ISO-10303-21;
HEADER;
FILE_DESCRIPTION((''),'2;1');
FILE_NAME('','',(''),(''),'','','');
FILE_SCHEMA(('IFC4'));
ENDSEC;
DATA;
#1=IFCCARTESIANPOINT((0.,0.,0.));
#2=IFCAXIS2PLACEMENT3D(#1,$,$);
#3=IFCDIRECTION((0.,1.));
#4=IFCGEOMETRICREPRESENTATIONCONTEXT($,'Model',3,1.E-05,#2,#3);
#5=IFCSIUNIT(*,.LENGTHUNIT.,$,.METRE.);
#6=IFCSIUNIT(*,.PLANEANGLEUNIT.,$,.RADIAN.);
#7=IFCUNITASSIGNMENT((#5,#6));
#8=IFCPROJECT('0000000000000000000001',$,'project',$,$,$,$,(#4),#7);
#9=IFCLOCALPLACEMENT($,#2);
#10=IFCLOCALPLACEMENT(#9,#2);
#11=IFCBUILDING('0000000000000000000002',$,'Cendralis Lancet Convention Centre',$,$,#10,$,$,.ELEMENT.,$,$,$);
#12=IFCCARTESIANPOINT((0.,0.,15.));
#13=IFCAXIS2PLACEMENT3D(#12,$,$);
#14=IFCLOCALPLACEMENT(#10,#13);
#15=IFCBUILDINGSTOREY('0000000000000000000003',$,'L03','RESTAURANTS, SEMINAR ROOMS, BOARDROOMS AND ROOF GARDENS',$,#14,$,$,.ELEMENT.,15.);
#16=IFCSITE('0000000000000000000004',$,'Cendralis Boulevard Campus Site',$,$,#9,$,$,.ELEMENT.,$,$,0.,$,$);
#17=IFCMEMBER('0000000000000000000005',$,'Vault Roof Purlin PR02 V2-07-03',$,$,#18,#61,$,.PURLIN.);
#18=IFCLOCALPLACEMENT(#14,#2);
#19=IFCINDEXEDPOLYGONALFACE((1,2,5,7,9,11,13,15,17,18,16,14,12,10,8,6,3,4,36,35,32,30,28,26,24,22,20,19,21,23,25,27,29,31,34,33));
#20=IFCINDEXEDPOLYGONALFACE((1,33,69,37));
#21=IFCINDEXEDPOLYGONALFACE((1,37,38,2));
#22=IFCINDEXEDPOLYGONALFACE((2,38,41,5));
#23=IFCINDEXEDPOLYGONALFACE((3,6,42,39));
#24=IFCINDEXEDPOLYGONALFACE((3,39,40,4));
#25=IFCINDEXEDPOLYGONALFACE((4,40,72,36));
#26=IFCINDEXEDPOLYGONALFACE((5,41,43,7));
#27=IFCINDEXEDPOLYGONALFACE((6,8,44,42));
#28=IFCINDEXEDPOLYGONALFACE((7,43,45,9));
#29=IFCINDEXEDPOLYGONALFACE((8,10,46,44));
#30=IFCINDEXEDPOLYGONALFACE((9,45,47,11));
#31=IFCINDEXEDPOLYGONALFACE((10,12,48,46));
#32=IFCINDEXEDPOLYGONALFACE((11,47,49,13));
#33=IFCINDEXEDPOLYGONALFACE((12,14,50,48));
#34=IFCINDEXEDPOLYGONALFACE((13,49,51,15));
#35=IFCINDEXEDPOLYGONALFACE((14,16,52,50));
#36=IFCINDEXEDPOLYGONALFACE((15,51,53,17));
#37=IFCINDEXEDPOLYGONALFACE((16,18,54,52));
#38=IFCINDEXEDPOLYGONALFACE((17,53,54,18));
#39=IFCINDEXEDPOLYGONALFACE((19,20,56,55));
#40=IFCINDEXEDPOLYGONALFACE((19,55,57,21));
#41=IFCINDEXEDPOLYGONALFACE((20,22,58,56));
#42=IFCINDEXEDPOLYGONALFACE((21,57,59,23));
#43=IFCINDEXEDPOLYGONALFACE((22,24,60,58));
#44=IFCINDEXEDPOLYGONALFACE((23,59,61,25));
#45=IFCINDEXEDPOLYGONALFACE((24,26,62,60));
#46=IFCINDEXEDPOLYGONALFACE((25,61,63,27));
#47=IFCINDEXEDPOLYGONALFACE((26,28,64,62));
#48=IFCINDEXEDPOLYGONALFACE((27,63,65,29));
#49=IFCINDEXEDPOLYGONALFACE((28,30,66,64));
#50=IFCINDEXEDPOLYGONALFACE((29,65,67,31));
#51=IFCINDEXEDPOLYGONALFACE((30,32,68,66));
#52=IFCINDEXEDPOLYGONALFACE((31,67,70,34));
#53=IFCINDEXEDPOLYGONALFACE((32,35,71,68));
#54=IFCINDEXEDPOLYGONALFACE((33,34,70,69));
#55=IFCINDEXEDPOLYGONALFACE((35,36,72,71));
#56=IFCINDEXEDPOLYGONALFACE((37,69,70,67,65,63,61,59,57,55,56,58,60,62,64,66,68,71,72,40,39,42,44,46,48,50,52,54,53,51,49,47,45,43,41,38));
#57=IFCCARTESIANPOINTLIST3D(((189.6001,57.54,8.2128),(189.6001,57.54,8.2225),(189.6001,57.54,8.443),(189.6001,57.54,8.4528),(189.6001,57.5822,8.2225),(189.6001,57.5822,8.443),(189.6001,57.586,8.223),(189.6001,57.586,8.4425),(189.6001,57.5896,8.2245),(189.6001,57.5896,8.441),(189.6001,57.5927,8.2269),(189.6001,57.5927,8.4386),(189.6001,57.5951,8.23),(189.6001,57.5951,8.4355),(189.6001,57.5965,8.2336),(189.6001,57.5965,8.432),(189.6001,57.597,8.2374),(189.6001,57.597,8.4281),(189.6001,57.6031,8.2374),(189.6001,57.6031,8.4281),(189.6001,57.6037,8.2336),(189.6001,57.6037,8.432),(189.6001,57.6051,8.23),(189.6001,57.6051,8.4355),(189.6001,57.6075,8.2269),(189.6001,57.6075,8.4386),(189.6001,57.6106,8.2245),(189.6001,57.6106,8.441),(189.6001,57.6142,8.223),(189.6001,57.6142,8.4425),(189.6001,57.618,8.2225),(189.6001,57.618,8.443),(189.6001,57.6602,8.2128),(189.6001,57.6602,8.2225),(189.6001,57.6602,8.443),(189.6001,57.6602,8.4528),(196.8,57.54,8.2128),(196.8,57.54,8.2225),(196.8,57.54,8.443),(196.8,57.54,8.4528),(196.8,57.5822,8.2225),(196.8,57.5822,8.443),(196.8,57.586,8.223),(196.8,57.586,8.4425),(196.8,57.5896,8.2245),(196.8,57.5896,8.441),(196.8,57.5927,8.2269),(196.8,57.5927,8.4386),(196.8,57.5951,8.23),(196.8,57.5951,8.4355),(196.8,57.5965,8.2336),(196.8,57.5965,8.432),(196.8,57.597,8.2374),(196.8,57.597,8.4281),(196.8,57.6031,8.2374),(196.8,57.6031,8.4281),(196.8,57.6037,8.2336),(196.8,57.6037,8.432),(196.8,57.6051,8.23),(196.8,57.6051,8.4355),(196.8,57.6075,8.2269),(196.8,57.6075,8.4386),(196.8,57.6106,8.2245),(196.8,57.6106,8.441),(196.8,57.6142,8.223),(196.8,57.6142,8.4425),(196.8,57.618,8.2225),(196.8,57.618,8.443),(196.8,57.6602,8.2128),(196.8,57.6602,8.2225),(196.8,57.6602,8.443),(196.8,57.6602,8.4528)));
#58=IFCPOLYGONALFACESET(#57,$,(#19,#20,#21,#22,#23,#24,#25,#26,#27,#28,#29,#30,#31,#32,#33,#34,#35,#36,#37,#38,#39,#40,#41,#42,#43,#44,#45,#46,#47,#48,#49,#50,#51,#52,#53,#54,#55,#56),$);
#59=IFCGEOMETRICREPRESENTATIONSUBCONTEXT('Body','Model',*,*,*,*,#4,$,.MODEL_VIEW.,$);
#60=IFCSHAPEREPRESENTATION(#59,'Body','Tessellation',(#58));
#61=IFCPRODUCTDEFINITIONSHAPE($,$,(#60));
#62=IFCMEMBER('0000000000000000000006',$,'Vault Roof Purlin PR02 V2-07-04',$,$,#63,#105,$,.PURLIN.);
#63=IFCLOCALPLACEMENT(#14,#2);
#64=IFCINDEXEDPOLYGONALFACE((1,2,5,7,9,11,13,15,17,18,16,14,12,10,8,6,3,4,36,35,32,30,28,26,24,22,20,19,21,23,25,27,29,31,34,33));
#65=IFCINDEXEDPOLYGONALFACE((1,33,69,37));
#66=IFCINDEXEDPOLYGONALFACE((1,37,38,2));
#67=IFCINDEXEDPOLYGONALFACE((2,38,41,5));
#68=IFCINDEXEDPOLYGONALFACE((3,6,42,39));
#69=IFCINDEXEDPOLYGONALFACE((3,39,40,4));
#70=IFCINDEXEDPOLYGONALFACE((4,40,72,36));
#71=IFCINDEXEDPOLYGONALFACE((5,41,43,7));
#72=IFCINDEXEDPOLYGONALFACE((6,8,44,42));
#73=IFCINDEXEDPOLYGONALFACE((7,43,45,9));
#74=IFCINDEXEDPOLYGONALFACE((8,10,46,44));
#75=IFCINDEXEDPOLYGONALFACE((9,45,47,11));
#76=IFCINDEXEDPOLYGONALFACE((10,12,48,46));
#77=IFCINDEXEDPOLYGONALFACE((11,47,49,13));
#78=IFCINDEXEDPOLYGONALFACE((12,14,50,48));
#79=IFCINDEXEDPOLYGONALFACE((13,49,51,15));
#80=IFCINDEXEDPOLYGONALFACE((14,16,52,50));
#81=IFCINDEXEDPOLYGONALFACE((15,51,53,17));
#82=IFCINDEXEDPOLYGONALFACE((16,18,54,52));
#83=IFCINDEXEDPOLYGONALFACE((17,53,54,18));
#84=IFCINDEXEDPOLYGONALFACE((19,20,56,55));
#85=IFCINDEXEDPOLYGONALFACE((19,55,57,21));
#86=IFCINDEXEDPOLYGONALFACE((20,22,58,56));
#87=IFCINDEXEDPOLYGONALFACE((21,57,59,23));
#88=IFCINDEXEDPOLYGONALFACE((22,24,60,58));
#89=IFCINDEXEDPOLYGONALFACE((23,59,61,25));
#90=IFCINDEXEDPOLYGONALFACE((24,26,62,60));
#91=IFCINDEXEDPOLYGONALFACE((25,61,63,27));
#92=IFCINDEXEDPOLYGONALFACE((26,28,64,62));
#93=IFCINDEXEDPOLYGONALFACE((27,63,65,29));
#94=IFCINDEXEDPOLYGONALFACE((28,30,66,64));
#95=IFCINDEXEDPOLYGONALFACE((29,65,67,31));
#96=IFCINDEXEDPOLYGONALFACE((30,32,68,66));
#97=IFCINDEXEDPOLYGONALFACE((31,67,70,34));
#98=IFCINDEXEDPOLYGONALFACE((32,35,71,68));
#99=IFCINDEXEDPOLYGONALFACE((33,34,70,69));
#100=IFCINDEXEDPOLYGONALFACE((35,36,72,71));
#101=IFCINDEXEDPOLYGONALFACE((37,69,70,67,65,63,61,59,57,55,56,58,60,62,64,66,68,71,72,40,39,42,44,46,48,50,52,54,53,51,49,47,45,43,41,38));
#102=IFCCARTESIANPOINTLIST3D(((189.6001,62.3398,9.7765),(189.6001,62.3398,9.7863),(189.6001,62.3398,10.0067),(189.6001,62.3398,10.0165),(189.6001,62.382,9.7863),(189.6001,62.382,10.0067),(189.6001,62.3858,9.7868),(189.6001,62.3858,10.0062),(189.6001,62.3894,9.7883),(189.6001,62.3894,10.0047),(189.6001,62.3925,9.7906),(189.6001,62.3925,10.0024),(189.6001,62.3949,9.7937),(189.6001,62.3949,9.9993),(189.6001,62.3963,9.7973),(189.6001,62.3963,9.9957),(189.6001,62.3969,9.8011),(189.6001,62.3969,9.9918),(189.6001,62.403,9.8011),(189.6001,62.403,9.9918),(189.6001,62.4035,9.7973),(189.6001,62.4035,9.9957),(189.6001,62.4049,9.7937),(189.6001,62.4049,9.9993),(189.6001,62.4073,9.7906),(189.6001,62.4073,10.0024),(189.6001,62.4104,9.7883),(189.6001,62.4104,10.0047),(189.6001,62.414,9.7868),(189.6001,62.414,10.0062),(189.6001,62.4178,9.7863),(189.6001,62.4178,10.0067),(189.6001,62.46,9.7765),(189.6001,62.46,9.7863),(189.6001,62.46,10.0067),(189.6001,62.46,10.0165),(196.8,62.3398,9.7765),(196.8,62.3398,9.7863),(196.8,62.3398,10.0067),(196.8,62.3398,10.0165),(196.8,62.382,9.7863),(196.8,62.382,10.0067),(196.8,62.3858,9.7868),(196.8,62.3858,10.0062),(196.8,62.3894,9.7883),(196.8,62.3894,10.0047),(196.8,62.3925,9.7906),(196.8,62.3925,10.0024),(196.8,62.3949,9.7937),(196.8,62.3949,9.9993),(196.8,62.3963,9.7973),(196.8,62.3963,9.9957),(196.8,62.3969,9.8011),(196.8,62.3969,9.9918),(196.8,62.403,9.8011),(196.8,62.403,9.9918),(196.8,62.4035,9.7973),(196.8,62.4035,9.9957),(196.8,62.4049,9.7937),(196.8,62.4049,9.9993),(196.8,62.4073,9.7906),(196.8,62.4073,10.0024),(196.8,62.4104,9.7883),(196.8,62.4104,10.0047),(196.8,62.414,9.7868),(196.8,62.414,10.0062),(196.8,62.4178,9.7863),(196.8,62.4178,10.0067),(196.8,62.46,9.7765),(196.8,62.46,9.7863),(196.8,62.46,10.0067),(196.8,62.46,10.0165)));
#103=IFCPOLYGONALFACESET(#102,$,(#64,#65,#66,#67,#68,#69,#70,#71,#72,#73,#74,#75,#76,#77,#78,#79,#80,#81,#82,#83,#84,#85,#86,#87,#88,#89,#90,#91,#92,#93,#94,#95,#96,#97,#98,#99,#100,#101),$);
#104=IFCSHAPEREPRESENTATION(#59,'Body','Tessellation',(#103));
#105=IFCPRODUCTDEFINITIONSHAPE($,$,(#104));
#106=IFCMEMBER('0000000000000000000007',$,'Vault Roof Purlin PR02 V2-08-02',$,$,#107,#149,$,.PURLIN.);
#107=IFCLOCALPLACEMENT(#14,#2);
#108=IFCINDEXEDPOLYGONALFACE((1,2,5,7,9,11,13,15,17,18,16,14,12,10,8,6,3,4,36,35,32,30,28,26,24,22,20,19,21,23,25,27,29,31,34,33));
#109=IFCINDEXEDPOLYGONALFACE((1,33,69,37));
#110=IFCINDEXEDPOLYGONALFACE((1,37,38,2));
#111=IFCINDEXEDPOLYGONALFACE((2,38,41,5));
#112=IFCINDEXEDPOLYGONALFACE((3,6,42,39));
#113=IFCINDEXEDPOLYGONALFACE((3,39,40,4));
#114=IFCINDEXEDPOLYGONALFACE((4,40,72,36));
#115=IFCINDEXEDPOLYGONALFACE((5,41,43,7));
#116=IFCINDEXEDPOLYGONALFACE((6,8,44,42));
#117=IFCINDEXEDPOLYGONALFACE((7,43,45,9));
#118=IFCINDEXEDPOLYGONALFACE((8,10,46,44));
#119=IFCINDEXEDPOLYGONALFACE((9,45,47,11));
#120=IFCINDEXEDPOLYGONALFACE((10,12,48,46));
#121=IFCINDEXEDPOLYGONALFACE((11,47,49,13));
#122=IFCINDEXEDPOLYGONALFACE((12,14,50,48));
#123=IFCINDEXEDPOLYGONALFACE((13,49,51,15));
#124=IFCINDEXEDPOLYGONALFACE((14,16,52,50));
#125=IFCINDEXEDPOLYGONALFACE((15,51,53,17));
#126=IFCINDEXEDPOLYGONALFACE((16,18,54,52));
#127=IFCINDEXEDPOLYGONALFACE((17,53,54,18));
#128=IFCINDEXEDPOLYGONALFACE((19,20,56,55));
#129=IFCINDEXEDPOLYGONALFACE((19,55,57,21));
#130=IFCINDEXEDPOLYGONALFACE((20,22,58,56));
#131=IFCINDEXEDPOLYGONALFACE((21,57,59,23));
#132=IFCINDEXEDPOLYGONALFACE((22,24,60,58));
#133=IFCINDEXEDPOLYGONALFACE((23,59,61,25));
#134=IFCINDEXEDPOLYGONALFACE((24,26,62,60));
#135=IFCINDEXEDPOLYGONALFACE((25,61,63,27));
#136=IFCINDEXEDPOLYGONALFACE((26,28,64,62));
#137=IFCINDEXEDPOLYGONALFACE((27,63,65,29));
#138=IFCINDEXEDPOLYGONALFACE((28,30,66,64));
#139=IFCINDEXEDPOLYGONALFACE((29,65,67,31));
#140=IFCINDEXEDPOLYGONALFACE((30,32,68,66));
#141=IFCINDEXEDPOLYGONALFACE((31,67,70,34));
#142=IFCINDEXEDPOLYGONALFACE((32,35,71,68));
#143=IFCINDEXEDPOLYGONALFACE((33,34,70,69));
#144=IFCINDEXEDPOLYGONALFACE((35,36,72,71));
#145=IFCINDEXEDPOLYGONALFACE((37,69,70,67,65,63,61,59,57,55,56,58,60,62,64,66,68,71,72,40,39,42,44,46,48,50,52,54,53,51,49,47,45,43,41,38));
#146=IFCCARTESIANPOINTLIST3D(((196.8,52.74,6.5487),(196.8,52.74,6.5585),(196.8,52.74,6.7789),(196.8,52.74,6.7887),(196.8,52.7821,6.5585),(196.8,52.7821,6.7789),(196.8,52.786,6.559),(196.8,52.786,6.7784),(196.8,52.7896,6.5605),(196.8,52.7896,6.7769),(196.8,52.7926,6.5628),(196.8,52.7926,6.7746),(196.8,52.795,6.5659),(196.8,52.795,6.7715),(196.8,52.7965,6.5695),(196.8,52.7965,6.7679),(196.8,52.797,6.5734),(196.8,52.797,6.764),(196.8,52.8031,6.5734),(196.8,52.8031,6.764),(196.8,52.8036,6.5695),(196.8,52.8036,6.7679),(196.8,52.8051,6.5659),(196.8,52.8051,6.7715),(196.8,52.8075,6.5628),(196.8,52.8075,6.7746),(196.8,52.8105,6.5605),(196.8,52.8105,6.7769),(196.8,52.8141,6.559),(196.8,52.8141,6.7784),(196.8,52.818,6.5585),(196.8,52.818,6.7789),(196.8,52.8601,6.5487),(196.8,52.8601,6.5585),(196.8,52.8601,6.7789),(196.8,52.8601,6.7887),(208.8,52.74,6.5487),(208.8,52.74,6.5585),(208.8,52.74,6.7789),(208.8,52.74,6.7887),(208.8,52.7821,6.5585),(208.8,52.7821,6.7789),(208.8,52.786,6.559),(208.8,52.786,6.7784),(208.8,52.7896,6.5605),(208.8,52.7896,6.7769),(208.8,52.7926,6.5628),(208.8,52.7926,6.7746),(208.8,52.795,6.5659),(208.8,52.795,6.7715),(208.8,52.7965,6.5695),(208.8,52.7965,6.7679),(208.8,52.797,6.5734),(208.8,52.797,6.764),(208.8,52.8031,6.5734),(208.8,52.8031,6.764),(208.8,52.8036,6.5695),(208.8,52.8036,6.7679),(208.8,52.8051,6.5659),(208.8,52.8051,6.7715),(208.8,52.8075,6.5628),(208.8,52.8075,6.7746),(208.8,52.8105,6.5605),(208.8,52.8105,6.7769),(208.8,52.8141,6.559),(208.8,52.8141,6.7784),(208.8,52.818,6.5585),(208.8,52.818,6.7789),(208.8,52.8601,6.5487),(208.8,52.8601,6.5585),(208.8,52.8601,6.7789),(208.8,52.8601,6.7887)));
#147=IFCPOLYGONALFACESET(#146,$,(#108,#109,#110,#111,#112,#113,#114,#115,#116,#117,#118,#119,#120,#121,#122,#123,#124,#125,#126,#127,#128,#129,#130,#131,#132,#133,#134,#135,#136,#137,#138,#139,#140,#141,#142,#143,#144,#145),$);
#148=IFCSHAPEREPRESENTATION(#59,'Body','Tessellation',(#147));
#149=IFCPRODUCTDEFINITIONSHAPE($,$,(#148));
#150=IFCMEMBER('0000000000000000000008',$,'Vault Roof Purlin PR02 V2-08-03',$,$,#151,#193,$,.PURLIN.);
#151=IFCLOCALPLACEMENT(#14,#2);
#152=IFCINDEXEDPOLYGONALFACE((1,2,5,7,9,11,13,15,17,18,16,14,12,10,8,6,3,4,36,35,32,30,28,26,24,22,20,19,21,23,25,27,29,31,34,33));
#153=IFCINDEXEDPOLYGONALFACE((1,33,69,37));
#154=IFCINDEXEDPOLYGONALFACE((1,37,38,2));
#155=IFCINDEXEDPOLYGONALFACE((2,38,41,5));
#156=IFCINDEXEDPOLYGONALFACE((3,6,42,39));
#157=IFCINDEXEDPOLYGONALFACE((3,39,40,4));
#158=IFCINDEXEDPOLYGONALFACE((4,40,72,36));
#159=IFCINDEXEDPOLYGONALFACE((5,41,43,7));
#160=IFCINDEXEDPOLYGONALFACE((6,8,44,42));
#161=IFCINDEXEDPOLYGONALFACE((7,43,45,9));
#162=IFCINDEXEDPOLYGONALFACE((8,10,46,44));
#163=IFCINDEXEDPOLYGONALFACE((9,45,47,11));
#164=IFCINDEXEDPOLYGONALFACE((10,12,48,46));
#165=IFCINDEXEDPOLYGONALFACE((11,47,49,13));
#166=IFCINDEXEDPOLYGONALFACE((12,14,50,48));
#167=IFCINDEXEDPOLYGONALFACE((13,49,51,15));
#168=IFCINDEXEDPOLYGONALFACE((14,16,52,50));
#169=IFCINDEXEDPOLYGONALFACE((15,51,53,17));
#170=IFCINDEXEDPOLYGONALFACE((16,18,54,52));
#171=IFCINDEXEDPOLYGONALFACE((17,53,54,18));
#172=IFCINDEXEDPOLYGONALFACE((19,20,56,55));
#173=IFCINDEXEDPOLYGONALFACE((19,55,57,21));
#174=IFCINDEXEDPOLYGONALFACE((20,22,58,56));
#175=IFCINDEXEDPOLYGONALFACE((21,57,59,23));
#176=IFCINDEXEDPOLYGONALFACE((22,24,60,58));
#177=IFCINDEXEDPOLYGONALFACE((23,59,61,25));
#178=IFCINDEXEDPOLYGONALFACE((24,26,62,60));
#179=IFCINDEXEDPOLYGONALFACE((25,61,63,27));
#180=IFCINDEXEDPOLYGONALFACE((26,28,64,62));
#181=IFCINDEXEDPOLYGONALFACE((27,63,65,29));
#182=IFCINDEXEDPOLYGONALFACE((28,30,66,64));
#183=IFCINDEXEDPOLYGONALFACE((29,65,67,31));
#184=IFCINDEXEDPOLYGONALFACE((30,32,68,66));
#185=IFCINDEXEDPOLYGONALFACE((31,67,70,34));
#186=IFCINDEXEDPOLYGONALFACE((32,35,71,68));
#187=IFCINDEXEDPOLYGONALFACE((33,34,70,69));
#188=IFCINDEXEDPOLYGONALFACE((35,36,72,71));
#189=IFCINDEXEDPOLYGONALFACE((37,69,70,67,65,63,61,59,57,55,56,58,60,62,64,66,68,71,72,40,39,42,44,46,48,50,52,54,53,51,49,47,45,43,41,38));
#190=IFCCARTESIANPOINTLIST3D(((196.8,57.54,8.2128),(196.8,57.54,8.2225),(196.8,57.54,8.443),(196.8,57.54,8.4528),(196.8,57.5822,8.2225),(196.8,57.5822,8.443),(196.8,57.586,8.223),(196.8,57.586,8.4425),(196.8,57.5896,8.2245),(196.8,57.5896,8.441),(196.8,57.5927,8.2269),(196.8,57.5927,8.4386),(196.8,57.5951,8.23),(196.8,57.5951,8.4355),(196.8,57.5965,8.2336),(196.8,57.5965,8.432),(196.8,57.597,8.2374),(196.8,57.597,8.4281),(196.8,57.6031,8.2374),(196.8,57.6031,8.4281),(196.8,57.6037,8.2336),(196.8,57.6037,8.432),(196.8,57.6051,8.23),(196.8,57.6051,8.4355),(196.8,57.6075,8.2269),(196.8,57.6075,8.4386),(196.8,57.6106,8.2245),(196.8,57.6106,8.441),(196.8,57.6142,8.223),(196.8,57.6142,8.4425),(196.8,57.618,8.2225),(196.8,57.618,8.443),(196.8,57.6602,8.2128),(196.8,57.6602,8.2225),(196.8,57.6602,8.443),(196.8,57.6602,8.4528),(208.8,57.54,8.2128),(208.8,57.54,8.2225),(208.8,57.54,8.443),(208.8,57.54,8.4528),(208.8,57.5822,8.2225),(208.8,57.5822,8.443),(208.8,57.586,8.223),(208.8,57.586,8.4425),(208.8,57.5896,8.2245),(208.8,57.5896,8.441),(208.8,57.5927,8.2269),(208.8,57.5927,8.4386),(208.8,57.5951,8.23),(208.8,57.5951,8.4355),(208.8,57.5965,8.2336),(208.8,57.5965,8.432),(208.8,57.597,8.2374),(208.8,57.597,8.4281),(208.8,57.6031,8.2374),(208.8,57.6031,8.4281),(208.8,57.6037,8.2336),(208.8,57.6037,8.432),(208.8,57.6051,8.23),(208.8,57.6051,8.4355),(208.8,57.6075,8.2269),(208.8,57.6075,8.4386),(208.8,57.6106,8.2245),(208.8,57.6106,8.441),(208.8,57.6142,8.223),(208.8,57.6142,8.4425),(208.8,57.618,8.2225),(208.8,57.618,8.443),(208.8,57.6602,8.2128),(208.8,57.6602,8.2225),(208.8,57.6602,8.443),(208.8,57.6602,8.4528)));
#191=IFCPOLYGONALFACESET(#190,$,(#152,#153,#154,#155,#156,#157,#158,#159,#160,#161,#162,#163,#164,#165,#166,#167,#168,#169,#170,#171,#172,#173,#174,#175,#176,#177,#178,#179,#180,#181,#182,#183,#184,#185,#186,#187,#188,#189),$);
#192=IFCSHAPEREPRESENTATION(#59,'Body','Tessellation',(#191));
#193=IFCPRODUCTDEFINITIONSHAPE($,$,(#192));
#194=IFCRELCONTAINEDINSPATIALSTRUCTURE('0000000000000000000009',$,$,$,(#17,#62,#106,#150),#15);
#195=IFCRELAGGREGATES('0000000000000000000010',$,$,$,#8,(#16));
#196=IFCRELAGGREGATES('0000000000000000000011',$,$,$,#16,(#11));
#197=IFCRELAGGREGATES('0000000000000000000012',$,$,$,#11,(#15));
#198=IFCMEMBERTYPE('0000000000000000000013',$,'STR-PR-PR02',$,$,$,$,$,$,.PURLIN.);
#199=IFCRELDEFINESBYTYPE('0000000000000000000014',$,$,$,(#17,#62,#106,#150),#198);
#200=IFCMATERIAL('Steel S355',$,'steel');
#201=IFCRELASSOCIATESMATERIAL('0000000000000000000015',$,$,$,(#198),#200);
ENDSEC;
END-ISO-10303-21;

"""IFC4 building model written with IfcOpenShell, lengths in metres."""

from ifc_helpers import new_model, si_unit, direction, frame, origin, origin_2d, place, context, subcontext, project, spatial, i_section, extrude, material, material_profile, profile_set, type_object, element, save


model = new_model("IFC4")

# Units and contexts
model_context = context("Model", 3, precision=1e-05, world=origin(), true_north=direction((0.0, 1.0)))
body_context = subcontext(model_context, "Body", "Model", "MODEL_VIEW")
ifc_project = project(units=[si_unit("LENGTHUNIT", "METRE"), si_unit("PLANEANGLEUNIT", "RADIAN")], contexts=[model_context])

# Site, building, storey
site_placement = place(None, origin())
site = spatial("IfcSite", under=ifc_project, at=site_placement, Name="Cendralis Boulevard Campus Site", CompositionType="ELEMENT", RefElevation=0.0)
building_placement = place(site_placement, origin())
building = spatial("IfcBuilding", under=site, at=building_placement, Name="Cendralis Lancet Convention Centre", CompositionType="ELEMENT")
storey_placement = place(building_placement, frame((0.0, 0.0, 15.0)))
storey = spatial("IfcBuildingStorey", under=building, at=storey_placement, Name="L03", Description="RESTAURANTS, SEMINAR ROOMS, BOARDROOMS AND ROOF GARDENS", CompositionType="ELEMENT", Elevation=15.0)

# Members
ifc_material = material(Name="Steel S355", Category="steel")
ifc_material_profile_1 = material_profile(ifc_material, i_section(OverallWidth=0.1201, OverallDepth=0.24, WebThickness=0.0061, FlangeThickness=0.0098, FilletRadius=0.0149, at=origin_2d()), Name="IPE 240")
ifc_profile_set_1 = profile_set([ifc_material_profile_1], Name="Steel S355")
member_type_1 = type_object("IfcMemberType", Name="STR-PR-PR02", PredefinedType="PURLIN", material=ifc_profile_set_1)
for number, where, z_axis, x_axis, name in (
    (1, (189.6001, 57.6001, 8.3328), (1.0, 0.0, 0.0), (0.0, 1.0, 0.0), "Vault Roof Purlin PR02 V2-07-03"),
    (2, (189.6001, 62.3999, 9.8965), (1.0, 0.0, 0.0), (0.0, 1.0, 0.0), "Vault Roof Purlin PR02 V2-07-04"),
):
    element("IfcMember", number, at=place(storey_placement, frame(where, z_axis=z_axis, x_axis=x_axis)), inside=storey, type_object=member_type_1, Name=name, PredefinedType="PURLIN", context=body_context, shape_type="SweptSolid", body=[
        extrude(i_section(OverallWidth=0.1201, OverallDepth=0.24, WebThickness=0.0061, FlangeThickness=0.0098, FilletRadius=0.0149, at=origin_2d()), origin(), (0.0, 0.0, 1.0), 7.2),
    ])
for number, where, z_axis, x_axis, name in (
    (3, (196.8, 52.8, 6.6687), (1.0, 0.0, 0.0), (0.0, 1.0, 0.0), "Vault Roof Purlin PR02 V2-08-02"),
    (4, (196.8, 57.6001, 8.3328), (1.0, 0.0, 0.0), (0.0, 1.0, 0.0), "Vault Roof Purlin PR02 V2-08-03"),
):
    element("IfcMember", number, at=place(storey_placement, frame(where, z_axis=z_axis, x_axis=x_axis)), inside=storey, type_object=member_type_1, Name=name, PredefinedType="PURLIN", context=body_context, shape_type="SweptSolid", body=[
        extrude(i_section(OverallWidth=0.1201, OverallDepth=0.24, WebThickness=0.0061, FlangeThickness=0.0098, FilletRadius=0.0149, at=origin_2d()), origin(), (0.0, 0.0, 1.0), 12.0),
    ])

save(model, "model.ifc")
